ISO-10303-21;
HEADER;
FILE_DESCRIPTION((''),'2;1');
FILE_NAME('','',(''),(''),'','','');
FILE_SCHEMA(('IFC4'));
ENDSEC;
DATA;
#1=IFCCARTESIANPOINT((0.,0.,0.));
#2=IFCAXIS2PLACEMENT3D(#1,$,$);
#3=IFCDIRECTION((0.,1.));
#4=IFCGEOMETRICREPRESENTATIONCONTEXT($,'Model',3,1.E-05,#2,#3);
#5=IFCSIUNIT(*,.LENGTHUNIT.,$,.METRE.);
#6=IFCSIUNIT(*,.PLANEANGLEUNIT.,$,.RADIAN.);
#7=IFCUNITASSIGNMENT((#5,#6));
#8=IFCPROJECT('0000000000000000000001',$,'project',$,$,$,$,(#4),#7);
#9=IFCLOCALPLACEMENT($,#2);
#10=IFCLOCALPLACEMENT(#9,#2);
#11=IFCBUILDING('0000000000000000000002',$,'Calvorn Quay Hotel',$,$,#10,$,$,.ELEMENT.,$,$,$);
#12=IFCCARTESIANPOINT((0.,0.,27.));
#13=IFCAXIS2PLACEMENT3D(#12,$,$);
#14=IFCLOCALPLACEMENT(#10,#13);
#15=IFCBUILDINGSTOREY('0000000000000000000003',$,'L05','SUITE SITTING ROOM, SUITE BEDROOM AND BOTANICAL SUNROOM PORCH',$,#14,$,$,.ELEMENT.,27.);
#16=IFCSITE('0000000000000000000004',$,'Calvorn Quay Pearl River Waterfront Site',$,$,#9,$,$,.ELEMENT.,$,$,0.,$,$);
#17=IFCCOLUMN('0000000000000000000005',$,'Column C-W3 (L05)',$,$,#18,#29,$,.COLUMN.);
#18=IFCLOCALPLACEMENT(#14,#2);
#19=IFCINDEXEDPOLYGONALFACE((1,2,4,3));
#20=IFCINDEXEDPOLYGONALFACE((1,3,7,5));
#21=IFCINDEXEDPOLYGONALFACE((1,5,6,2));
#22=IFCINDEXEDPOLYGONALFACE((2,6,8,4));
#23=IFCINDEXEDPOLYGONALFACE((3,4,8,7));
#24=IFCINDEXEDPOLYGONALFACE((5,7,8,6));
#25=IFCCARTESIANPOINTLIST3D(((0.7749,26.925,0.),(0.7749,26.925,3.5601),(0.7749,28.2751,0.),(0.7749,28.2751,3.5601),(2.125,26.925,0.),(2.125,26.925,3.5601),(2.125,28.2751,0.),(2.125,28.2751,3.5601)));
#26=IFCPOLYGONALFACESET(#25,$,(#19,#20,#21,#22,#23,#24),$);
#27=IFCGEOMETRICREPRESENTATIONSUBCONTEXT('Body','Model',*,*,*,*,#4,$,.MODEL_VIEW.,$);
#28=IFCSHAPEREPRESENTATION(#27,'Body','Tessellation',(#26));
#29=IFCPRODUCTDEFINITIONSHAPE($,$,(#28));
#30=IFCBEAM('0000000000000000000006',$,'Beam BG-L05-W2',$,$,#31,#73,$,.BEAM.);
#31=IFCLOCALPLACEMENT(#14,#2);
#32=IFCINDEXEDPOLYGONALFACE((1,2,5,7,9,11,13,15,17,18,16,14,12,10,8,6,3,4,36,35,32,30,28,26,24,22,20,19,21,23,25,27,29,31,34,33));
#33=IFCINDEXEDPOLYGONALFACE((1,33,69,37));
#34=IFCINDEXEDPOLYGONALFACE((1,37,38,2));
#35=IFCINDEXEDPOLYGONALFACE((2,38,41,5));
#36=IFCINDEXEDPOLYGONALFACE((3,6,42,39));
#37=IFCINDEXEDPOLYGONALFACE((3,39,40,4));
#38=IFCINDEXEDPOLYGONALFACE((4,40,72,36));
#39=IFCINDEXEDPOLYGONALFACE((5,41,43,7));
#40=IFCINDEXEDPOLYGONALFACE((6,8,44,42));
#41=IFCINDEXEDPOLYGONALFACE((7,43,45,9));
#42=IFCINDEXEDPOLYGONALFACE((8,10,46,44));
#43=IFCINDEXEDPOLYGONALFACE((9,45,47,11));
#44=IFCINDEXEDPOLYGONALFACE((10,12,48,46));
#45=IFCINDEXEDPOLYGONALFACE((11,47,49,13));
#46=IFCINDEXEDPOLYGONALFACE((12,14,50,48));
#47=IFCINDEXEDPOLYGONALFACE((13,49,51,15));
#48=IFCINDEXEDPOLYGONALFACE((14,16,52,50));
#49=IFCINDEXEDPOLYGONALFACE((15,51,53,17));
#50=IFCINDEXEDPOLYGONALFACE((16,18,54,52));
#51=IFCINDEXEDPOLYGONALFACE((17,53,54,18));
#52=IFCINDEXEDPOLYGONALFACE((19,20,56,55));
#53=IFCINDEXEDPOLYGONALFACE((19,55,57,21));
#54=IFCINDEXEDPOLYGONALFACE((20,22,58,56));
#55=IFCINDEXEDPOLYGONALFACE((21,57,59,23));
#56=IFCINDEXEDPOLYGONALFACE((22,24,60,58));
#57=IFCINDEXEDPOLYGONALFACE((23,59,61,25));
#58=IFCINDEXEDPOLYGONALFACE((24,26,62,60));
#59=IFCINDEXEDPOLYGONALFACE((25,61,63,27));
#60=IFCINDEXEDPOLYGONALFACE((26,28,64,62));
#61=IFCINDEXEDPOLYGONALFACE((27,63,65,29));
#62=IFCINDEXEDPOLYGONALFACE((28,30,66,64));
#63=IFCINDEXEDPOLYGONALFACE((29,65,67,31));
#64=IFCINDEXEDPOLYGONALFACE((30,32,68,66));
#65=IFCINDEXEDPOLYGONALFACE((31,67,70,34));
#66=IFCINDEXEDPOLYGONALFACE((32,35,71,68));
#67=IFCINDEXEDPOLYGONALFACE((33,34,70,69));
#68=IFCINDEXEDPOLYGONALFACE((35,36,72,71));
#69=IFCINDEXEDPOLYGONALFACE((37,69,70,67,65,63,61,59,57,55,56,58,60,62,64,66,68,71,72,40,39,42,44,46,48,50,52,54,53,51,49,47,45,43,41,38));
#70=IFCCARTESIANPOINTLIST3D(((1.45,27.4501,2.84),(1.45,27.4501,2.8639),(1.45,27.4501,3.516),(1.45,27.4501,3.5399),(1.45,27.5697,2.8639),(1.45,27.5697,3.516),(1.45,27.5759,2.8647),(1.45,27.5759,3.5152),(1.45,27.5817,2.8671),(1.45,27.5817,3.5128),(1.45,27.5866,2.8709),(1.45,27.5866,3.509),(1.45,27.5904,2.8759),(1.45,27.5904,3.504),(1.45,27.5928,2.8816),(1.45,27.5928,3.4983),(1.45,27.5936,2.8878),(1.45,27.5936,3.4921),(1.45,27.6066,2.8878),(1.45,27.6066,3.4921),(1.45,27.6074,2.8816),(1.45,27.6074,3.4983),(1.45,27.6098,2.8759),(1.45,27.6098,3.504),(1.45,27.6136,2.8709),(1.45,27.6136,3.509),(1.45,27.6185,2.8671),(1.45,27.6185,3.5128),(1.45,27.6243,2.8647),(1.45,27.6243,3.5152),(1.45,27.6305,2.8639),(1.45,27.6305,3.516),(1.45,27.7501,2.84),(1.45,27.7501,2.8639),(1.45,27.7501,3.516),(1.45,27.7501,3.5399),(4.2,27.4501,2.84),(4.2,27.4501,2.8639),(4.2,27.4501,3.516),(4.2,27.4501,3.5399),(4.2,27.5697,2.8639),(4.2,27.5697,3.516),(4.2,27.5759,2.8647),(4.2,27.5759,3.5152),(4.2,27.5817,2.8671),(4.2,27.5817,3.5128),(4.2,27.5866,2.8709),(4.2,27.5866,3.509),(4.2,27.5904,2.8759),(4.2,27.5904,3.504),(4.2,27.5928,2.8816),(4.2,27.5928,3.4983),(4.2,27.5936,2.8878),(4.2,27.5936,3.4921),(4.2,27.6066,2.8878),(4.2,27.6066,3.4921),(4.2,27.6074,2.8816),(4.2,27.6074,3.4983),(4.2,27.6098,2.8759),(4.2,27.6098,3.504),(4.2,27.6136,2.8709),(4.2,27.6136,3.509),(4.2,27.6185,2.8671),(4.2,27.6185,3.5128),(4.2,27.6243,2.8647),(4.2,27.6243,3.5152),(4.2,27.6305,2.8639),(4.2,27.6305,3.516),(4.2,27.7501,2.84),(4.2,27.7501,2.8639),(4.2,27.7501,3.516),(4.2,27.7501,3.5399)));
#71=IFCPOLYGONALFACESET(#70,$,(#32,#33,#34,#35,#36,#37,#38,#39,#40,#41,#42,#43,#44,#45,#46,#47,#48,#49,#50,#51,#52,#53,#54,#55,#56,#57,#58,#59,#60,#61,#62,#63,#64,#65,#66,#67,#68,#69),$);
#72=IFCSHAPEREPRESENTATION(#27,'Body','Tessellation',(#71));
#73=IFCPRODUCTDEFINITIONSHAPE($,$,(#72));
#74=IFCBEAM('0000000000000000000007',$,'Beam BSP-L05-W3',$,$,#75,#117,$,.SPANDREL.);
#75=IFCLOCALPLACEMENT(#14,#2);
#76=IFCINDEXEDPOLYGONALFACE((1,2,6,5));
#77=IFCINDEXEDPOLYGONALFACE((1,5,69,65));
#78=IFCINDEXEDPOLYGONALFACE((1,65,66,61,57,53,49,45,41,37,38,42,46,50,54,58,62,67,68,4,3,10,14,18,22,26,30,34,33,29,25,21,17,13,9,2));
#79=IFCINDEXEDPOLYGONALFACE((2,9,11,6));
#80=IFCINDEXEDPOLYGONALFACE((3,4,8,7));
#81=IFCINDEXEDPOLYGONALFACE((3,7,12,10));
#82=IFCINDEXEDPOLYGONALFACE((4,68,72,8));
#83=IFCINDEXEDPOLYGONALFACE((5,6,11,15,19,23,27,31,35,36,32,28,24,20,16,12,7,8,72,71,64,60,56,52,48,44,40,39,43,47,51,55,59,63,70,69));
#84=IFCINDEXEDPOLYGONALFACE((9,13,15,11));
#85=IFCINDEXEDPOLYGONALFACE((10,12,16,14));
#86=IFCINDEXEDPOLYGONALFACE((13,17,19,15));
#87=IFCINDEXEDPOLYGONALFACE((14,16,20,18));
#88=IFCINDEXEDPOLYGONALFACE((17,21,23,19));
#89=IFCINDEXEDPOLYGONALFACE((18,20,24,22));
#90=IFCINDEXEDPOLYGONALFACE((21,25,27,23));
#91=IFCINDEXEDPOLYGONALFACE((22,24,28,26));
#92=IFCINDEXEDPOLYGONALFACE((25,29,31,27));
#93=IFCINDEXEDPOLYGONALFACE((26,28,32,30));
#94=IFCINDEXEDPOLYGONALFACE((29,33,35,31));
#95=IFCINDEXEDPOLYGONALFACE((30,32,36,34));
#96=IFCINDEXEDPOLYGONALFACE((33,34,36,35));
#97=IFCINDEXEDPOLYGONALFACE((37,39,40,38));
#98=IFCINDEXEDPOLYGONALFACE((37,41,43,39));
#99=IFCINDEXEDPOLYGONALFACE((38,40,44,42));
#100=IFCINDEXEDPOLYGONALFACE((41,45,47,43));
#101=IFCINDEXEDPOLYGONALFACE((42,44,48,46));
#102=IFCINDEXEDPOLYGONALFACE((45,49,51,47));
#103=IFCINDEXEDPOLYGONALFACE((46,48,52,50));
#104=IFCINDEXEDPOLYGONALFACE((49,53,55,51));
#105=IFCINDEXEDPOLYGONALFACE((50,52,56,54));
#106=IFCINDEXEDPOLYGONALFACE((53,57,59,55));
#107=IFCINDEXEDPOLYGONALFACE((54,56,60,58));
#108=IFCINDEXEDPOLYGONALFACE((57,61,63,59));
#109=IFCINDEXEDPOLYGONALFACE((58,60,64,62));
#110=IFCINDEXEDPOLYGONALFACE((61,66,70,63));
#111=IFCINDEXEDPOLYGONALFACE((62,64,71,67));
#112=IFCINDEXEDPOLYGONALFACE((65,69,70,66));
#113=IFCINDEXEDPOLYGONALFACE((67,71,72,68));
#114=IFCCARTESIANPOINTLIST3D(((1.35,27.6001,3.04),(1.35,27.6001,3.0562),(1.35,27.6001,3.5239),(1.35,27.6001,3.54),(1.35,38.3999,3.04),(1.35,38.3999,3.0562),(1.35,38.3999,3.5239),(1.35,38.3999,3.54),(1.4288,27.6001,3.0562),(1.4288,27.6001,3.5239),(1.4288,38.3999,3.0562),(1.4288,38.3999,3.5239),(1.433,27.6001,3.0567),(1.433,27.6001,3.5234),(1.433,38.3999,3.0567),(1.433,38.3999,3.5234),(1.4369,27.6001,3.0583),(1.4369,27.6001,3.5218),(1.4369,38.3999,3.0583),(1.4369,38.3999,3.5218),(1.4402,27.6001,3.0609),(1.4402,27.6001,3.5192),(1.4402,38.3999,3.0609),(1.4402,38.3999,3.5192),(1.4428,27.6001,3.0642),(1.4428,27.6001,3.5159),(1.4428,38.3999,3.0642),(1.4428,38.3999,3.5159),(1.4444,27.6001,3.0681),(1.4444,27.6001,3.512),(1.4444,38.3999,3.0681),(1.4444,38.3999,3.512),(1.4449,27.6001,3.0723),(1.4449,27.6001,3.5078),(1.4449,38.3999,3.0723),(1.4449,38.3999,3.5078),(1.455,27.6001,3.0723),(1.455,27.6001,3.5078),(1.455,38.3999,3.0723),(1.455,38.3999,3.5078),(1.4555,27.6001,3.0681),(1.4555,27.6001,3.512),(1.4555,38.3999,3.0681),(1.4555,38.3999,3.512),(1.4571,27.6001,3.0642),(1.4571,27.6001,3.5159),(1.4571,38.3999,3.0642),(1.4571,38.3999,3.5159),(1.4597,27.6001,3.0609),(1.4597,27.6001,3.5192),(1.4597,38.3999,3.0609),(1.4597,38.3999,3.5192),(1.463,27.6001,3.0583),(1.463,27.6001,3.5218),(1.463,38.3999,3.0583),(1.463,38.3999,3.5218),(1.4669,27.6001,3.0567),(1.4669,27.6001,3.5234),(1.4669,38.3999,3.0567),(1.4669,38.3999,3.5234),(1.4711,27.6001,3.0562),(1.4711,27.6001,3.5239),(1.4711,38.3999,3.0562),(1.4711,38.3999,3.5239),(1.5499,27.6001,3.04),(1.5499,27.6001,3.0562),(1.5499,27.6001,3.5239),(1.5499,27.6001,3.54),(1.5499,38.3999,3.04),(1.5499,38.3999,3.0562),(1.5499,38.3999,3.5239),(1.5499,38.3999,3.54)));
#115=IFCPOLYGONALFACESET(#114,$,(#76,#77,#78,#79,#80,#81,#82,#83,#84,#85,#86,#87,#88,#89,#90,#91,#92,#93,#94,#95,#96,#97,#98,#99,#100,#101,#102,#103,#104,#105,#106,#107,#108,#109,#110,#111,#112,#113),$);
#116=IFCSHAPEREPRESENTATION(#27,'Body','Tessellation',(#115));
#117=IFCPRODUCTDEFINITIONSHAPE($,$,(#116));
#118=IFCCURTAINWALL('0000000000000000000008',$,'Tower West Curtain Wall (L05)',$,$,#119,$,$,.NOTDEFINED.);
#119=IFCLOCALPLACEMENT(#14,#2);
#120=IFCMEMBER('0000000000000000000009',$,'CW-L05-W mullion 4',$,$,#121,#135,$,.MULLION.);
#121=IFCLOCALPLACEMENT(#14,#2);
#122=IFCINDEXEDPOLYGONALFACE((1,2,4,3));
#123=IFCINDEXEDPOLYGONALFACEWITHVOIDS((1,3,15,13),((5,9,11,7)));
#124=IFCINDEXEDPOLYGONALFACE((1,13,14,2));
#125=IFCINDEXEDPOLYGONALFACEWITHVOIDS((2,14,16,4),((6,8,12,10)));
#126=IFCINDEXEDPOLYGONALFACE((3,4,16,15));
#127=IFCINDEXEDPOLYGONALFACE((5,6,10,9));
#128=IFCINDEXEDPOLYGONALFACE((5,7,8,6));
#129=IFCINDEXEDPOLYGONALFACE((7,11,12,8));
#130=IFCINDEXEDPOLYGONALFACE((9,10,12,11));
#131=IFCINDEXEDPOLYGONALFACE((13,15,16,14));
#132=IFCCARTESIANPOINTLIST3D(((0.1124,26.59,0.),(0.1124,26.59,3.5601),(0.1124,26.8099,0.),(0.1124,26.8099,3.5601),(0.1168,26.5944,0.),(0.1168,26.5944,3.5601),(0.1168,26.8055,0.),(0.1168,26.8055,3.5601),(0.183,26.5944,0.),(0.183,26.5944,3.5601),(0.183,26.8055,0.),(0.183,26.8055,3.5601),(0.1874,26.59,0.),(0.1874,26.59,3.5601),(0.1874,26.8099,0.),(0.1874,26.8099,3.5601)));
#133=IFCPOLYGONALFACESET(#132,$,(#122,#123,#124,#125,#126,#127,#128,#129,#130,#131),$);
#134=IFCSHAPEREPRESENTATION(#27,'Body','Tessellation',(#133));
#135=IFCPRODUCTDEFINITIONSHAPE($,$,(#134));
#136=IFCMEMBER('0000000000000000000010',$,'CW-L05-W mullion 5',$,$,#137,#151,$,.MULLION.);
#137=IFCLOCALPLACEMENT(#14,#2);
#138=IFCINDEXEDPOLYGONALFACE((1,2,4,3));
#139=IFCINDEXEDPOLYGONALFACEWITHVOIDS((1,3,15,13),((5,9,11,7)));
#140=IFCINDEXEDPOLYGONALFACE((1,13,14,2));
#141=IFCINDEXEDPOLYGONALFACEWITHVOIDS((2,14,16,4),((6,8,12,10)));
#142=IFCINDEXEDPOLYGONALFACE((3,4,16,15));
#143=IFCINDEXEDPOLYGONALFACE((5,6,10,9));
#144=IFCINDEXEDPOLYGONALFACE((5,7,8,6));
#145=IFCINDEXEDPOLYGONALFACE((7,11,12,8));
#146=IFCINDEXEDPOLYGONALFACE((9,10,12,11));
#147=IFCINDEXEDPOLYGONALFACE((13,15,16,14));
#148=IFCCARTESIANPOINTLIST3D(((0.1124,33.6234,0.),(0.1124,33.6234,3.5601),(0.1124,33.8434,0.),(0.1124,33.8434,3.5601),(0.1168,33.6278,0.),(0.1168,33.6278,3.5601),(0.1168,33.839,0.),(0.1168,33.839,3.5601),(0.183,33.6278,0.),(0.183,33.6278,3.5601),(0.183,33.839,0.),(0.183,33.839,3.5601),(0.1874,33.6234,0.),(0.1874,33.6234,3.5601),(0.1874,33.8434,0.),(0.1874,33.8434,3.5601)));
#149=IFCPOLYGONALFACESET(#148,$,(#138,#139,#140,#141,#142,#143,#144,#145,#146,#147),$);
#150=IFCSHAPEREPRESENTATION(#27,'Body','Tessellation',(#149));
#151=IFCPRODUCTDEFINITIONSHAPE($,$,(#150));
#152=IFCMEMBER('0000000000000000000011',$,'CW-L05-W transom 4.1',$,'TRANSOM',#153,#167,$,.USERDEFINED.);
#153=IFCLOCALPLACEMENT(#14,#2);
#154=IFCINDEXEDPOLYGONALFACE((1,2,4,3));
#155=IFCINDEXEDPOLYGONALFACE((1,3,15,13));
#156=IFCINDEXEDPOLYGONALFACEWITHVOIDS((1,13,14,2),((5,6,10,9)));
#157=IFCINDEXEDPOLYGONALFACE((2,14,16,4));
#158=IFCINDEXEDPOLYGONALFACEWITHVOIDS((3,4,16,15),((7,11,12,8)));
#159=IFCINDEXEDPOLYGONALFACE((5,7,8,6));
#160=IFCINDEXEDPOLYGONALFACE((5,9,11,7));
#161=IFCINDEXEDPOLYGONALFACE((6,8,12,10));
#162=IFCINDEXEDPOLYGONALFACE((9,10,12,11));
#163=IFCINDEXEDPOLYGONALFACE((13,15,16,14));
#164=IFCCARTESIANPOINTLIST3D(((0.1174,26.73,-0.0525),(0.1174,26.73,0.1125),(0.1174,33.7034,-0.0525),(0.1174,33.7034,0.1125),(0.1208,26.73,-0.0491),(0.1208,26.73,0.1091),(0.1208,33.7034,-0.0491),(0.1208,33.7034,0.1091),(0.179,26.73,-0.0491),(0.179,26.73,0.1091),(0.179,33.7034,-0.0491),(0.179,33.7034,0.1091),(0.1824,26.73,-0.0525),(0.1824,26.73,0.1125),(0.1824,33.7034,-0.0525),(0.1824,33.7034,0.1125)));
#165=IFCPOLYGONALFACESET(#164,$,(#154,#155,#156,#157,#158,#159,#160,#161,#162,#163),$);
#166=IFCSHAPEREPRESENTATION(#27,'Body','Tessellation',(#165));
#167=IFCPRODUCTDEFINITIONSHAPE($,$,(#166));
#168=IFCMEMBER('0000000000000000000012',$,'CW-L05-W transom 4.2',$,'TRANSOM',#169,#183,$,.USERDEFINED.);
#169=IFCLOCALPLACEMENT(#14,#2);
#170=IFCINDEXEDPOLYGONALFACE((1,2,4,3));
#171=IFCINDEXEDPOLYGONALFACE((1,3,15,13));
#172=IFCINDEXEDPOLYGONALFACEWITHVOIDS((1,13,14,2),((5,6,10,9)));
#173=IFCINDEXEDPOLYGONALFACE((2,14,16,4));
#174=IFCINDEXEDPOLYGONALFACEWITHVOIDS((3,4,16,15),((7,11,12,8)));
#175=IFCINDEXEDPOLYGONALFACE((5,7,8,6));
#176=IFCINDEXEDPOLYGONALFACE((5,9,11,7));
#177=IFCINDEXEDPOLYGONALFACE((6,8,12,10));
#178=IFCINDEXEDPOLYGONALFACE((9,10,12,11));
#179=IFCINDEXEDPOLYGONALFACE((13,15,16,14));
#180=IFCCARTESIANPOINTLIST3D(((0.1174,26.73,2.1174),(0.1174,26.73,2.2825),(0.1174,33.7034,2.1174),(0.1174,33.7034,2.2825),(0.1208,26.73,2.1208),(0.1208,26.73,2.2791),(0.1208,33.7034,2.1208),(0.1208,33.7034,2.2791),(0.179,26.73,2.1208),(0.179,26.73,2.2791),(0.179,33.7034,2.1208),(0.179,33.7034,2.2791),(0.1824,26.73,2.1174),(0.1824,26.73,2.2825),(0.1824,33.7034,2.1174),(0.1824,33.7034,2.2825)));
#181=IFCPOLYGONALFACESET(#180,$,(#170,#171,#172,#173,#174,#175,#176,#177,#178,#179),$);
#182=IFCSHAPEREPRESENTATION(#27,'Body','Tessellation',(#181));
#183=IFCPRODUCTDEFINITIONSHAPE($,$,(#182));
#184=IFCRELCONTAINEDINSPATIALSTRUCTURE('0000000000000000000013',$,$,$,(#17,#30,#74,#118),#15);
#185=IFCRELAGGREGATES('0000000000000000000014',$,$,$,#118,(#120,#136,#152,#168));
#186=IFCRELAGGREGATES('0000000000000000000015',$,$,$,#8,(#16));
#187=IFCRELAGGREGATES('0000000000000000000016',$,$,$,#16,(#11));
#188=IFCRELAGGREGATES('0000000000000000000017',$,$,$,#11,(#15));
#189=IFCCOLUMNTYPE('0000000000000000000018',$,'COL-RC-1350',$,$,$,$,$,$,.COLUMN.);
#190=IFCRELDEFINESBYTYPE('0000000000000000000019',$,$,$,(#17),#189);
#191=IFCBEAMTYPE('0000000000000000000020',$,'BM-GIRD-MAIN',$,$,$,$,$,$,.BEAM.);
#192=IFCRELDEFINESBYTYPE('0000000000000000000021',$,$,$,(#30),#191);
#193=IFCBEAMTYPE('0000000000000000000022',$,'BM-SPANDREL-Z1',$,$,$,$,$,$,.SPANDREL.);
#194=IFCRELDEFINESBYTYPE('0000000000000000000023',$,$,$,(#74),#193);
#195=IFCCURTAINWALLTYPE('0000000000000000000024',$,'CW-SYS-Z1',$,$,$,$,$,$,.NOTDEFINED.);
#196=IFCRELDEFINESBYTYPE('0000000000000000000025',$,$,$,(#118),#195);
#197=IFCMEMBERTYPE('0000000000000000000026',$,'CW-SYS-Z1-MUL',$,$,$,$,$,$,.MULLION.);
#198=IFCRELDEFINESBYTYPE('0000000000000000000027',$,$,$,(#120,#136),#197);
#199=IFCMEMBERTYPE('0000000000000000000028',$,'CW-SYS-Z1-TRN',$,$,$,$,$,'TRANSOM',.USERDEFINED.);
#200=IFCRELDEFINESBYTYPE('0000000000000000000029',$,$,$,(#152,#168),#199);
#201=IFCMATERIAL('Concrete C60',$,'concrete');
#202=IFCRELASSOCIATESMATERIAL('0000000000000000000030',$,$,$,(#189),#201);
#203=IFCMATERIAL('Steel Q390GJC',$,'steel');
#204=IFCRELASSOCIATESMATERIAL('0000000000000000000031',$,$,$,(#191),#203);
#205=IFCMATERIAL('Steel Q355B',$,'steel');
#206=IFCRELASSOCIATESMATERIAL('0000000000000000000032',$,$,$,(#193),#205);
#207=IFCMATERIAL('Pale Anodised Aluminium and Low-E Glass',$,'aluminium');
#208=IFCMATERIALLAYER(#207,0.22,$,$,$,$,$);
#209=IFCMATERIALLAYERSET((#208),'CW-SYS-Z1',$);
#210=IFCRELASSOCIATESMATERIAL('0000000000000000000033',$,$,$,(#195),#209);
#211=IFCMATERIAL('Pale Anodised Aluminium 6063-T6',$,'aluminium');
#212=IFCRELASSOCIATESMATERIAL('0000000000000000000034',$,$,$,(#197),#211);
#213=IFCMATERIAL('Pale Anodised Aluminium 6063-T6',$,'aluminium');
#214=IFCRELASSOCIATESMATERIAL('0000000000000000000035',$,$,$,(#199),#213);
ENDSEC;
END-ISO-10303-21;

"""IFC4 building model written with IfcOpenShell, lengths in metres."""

from ifc_helpers import new_model, si_unit, direction, frame, origin, origin_2d, place, context, subcontext, project, spatial, rectangle, hollow_rectangle, i_section, extrude, material, layer, layer_set, material_profile, profile_set, type_object, element, aggregate, save


model = new_model("IFC4")

# Units and contexts
model_context = context("Model", 3, precision=1e-05, world=origin(), true_north=direction((0.0, 1.0)))
body_context = subcontext(model_context, "Body", "Model", "MODEL_VIEW")
ifc_project = project(units=[si_unit("LENGTHUNIT", "METRE"), si_unit("PLANEANGLEUNIT", "RADIAN")], contexts=[model_context])

# Site, building, storey
site_placement = place(None, origin())
site = spatial("IfcSite", under=ifc_project, at=site_placement, Name="Calvorn Quay Pearl River Waterfront Site", CompositionType="ELEMENT", RefElevation=0.0)
building_placement = place(site_placement, origin())
building = spatial("IfcBuilding", under=site, at=building_placement, Name="Calvorn Quay Hotel", CompositionType="ELEMENT")
storey_placement = place(building_placement, frame((0.0, 0.0, 27.0)))
storey = spatial("IfcBuildingStorey", under=building, at=storey_placement, Name="L05", Description="SUITE SITTING ROOM, SUITE BEDROOM AND BOTANICAL SUNROOM PORCH", CompositionType="ELEMENT", Elevation=27.0)

# Column
ifc_material_1 = material(Name="Concrete C60", Category="concrete")
ifc_material_profile_1 = material_profile(ifc_material_1, rectangle(XDim=1.3501, YDim=1.3501, at=origin_2d()), Name="RC1350x1350")
ifc_profile_set_1 = profile_set([ifc_material_profile_1], Name="Concrete C60")
column_type = type_object("IfcColumnType", Name="COL-RC-1350", PredefinedType="COLUMN", material=ifc_profile_set_1)
column_placement = place(storey_placement, frame((1.45, 27.6001, 0.0), z_axis=(0.0, 0.0, 1.0), x_axis=(1.0, 0.0, 0.0)))
element("IfcColumn", 1, at=column_placement, inside=storey, type_object=column_type, Name="Column C-W3 (L05)", PredefinedType="COLUMN", context=body_context, shape_type="SweptSolid", body=[
    extrude(rectangle(XDim=1.3501, YDim=1.3501, at=origin_2d()), origin(), (0.0, 0.0, 1.0), 3.5601),
])

# Beams
ifc_material_2 = material(Name="Steel Q390GJC", Category="steel")
ifc_material_profile_2 = material_profile(ifc_material_2, i_section(OverallWidth=0.3, OverallDepth=0.7, WebThickness=0.0129, FlangeThickness=0.0239, FilletRadius=0.0239, at=origin_2d()), Name="HN700x300x13x24")
ifc_profile_set_2 = profile_set([ifc_material_profile_2], Name="Steel Q390GJC")
beam_type_1 = type_object("IfcBeamType", Name="BM-GIRD-MAIN", PredefinedType="BEAM", material=ifc_profile_set_2)
beam_1_placement = place(storey_placement, frame((1.45, 27.6001, 3.1899), z_axis=(1.0, 0.0, 0.0), x_axis=(0.0, 1.0, 0.0)))
element("IfcBeam", 2, at=beam_1_placement, inside=storey, type_object=beam_type_1, Name="Beam BG-L05-W2", PredefinedType="BEAM", context=body_context, shape_type="SweptSolid", body=[
    extrude(i_section(OverallWidth=0.3, OverallDepth=0.7, WebThickness=0.0129, FlangeThickness=0.0239, FilletRadius=0.0239, at=origin_2d()), origin(), (0.0, 0.0, 1.0), 2.75),
])
ifc_material_3 = material(Name="Steel Q355B", Category="steel")
ifc_material_profile_3 = material_profile(ifc_material_3, i_section(OverallWidth=0.2, OverallDepth=0.5, WebThickness=0.01, FlangeThickness=0.0161, FilletRadius=0.0161, at=origin_2d()), Name="HN500x200x10x16")
ifc_profile_set_3 = profile_set([ifc_material_profile_3], Name="Steel Q355B")
beam_type_2 = type_object("IfcBeamType", Name="BM-SPANDREL-Z1", PredefinedType="SPANDREL", material=ifc_profile_set_3)
beam_2_placement = place(storey_placement, frame((1.45, 27.6001, 3.29), z_axis=(0.0, 1.0, 0.0), x_axis=(-1.0, 0.0, 0.0)))
element("IfcBeam", 3, at=beam_2_placement, inside=storey, type_object=beam_type_2, Name="Beam BSP-L05-W3", PredefinedType="SPANDREL", context=body_context, shape_type="SweptSolid", body=[
    extrude(i_section(OverallWidth=0.2, OverallDepth=0.5, WebThickness=0.01, FlangeThickness=0.0161, FilletRadius=0.0161, at=origin_2d()), origin(), (0.0, 0.0, 1.0), 10.7998),
])

# Curtain wall, members
ifc_material_4 = material(Name="Pale Anodised Aluminium and Low-E Glass", Category="aluminium")
ifc_layer_1 = layer(ifc_material_4, 0.22)
ifc_layer_set_1 = layer_set([ifc_layer_1], Name="CW-SYS-Z1")
curtain_wall_type = type_object("IfcCurtainWallType", Name="CW-SYS-Z1", PredefinedType="NOTDEFINED", material=ifc_layer_set_1)
curtain_wall_placement = place(storey_placement, origin())
curtain_wall = element("IfcCurtainWall", 4, at=curtain_wall_placement, inside=storey, type_object=curtain_wall_type, Name="Tower West Curtain Wall (L05)", PredefinedType="NOTDEFINED")
ifc_material_5 = material(Name="Pale Anodised Aluminium 6063-T6", Category="aluminium")
ifc_material_profile_4 = material_profile(ifc_material_5, hollow_rectangle(XDim=0.075, YDim=0.22, WallThickness=0.0044, at=origin_2d()), Name="ALU-M220x75x4.5")
ifc_profile_set_4 = profile_set([ifc_material_profile_4], Name="Pale Anodised Aluminium 6063-T6")
member_type_1 = type_object("IfcMemberType", Name="CW-SYS-Z1-MUL", PredefinedType="MULLION", material=ifc_profile_set_4)
member_1_placement = place(storey_placement, frame((0.1499, 26.7, 0.0), z_axis=(0.0, 0.0, 1.0), x_axis=(-1.0, 0.0, 0.0)))
member_1 = element("IfcMember", 5, at=member_1_placement, type_object=member_type_1, Name="CW-L05-W mullion 4", PredefinedType="MULLION", context=body_context, shape_type="SweptSolid", body=[
    extrude(hollow_rectangle(XDim=0.075, YDim=0.22, WallThickness=0.0044, at=origin_2d()), origin(), (0.0, 0.0, 1.0), 3.5601),
])
member_2_placement = place(storey_placement, frame((0.1499, 33.7334, 0.0), z_axis=(0.0, 0.0, 1.0), x_axis=(-1.0, 0.0, 0.0)))
member_2 = element("IfcMember", 6, at=member_2_placement, type_object=member_type_1, Name="CW-L05-W mullion 5", PredefinedType="MULLION", context=body_context, shape_type="SweptSolid", body=[
    extrude(hollow_rectangle(XDim=0.075, YDim=0.22, WallThickness=0.0044, at=origin_2d()), origin(), (0.0, 0.0, 1.0), 3.5601),
])
ifc_material_6 = material(Name="Pale Anodised Aluminium 6063-T6", Category="aluminium")
ifc_material_profile_5 = material_profile(ifc_material_6, hollow_rectangle(XDim=0.0649, YDim=0.165, WallThickness=0.0034, at=origin_2d()), Name="ALU-T165x65x3.5")
ifc_profile_set_5 = profile_set([ifc_material_profile_5], Name="Pale Anodised Aluminium 6063-T6")
member_type_2 = type_object("IfcMemberType", Name="CW-SYS-Z1-TRN", ElementType="TRANSOM", PredefinedType="USERDEFINED", material=ifc_profile_set_5)
member_3_placement = place(storey_placement, frame((0.1499, 26.73, 0.03), z_axis=(0.0, 1.0, 0.0), x_axis=(-1.0, 0.0, 0.0)))
member_3 = element("IfcMember", 7, at=member_3_placement, type_object=member_type_2, Name="CW-L05-W transom 4.1", ObjectType="TRANSOM", PredefinedType="USERDEFINED", context=body_context, shape_type="SweptSolid", body=[
    extrude(hollow_rectangle(XDim=0.0649, YDim=0.165, WallThickness=0.0034, at=origin_2d()), origin(), (0.0, 0.0, 1.0), 6.9734),
])
member_4_placement = place(storey_placement, frame((0.1499, 26.73, 2.2), z_axis=(0.0, 1.0, 0.0), x_axis=(-1.0, 0.0, 0.0)))
member_4 = element("IfcMember", 8, at=member_4_placement, type_object=member_type_2, Name="CW-L05-W transom 4.2", ObjectType="TRANSOM", PredefinedType="USERDEFINED", context=body_context, shape_type="SweptSolid", body=[
    extrude(hollow_rectangle(XDim=0.0649, YDim=0.165, WallThickness=0.0034, at=origin_2d()), origin(), (0.0, 0.0, 1.0), 6.9734),
])
aggregate(curtain_wall, [member_1, member_2, member_3, member_4])

save(model, "model.ifc")
